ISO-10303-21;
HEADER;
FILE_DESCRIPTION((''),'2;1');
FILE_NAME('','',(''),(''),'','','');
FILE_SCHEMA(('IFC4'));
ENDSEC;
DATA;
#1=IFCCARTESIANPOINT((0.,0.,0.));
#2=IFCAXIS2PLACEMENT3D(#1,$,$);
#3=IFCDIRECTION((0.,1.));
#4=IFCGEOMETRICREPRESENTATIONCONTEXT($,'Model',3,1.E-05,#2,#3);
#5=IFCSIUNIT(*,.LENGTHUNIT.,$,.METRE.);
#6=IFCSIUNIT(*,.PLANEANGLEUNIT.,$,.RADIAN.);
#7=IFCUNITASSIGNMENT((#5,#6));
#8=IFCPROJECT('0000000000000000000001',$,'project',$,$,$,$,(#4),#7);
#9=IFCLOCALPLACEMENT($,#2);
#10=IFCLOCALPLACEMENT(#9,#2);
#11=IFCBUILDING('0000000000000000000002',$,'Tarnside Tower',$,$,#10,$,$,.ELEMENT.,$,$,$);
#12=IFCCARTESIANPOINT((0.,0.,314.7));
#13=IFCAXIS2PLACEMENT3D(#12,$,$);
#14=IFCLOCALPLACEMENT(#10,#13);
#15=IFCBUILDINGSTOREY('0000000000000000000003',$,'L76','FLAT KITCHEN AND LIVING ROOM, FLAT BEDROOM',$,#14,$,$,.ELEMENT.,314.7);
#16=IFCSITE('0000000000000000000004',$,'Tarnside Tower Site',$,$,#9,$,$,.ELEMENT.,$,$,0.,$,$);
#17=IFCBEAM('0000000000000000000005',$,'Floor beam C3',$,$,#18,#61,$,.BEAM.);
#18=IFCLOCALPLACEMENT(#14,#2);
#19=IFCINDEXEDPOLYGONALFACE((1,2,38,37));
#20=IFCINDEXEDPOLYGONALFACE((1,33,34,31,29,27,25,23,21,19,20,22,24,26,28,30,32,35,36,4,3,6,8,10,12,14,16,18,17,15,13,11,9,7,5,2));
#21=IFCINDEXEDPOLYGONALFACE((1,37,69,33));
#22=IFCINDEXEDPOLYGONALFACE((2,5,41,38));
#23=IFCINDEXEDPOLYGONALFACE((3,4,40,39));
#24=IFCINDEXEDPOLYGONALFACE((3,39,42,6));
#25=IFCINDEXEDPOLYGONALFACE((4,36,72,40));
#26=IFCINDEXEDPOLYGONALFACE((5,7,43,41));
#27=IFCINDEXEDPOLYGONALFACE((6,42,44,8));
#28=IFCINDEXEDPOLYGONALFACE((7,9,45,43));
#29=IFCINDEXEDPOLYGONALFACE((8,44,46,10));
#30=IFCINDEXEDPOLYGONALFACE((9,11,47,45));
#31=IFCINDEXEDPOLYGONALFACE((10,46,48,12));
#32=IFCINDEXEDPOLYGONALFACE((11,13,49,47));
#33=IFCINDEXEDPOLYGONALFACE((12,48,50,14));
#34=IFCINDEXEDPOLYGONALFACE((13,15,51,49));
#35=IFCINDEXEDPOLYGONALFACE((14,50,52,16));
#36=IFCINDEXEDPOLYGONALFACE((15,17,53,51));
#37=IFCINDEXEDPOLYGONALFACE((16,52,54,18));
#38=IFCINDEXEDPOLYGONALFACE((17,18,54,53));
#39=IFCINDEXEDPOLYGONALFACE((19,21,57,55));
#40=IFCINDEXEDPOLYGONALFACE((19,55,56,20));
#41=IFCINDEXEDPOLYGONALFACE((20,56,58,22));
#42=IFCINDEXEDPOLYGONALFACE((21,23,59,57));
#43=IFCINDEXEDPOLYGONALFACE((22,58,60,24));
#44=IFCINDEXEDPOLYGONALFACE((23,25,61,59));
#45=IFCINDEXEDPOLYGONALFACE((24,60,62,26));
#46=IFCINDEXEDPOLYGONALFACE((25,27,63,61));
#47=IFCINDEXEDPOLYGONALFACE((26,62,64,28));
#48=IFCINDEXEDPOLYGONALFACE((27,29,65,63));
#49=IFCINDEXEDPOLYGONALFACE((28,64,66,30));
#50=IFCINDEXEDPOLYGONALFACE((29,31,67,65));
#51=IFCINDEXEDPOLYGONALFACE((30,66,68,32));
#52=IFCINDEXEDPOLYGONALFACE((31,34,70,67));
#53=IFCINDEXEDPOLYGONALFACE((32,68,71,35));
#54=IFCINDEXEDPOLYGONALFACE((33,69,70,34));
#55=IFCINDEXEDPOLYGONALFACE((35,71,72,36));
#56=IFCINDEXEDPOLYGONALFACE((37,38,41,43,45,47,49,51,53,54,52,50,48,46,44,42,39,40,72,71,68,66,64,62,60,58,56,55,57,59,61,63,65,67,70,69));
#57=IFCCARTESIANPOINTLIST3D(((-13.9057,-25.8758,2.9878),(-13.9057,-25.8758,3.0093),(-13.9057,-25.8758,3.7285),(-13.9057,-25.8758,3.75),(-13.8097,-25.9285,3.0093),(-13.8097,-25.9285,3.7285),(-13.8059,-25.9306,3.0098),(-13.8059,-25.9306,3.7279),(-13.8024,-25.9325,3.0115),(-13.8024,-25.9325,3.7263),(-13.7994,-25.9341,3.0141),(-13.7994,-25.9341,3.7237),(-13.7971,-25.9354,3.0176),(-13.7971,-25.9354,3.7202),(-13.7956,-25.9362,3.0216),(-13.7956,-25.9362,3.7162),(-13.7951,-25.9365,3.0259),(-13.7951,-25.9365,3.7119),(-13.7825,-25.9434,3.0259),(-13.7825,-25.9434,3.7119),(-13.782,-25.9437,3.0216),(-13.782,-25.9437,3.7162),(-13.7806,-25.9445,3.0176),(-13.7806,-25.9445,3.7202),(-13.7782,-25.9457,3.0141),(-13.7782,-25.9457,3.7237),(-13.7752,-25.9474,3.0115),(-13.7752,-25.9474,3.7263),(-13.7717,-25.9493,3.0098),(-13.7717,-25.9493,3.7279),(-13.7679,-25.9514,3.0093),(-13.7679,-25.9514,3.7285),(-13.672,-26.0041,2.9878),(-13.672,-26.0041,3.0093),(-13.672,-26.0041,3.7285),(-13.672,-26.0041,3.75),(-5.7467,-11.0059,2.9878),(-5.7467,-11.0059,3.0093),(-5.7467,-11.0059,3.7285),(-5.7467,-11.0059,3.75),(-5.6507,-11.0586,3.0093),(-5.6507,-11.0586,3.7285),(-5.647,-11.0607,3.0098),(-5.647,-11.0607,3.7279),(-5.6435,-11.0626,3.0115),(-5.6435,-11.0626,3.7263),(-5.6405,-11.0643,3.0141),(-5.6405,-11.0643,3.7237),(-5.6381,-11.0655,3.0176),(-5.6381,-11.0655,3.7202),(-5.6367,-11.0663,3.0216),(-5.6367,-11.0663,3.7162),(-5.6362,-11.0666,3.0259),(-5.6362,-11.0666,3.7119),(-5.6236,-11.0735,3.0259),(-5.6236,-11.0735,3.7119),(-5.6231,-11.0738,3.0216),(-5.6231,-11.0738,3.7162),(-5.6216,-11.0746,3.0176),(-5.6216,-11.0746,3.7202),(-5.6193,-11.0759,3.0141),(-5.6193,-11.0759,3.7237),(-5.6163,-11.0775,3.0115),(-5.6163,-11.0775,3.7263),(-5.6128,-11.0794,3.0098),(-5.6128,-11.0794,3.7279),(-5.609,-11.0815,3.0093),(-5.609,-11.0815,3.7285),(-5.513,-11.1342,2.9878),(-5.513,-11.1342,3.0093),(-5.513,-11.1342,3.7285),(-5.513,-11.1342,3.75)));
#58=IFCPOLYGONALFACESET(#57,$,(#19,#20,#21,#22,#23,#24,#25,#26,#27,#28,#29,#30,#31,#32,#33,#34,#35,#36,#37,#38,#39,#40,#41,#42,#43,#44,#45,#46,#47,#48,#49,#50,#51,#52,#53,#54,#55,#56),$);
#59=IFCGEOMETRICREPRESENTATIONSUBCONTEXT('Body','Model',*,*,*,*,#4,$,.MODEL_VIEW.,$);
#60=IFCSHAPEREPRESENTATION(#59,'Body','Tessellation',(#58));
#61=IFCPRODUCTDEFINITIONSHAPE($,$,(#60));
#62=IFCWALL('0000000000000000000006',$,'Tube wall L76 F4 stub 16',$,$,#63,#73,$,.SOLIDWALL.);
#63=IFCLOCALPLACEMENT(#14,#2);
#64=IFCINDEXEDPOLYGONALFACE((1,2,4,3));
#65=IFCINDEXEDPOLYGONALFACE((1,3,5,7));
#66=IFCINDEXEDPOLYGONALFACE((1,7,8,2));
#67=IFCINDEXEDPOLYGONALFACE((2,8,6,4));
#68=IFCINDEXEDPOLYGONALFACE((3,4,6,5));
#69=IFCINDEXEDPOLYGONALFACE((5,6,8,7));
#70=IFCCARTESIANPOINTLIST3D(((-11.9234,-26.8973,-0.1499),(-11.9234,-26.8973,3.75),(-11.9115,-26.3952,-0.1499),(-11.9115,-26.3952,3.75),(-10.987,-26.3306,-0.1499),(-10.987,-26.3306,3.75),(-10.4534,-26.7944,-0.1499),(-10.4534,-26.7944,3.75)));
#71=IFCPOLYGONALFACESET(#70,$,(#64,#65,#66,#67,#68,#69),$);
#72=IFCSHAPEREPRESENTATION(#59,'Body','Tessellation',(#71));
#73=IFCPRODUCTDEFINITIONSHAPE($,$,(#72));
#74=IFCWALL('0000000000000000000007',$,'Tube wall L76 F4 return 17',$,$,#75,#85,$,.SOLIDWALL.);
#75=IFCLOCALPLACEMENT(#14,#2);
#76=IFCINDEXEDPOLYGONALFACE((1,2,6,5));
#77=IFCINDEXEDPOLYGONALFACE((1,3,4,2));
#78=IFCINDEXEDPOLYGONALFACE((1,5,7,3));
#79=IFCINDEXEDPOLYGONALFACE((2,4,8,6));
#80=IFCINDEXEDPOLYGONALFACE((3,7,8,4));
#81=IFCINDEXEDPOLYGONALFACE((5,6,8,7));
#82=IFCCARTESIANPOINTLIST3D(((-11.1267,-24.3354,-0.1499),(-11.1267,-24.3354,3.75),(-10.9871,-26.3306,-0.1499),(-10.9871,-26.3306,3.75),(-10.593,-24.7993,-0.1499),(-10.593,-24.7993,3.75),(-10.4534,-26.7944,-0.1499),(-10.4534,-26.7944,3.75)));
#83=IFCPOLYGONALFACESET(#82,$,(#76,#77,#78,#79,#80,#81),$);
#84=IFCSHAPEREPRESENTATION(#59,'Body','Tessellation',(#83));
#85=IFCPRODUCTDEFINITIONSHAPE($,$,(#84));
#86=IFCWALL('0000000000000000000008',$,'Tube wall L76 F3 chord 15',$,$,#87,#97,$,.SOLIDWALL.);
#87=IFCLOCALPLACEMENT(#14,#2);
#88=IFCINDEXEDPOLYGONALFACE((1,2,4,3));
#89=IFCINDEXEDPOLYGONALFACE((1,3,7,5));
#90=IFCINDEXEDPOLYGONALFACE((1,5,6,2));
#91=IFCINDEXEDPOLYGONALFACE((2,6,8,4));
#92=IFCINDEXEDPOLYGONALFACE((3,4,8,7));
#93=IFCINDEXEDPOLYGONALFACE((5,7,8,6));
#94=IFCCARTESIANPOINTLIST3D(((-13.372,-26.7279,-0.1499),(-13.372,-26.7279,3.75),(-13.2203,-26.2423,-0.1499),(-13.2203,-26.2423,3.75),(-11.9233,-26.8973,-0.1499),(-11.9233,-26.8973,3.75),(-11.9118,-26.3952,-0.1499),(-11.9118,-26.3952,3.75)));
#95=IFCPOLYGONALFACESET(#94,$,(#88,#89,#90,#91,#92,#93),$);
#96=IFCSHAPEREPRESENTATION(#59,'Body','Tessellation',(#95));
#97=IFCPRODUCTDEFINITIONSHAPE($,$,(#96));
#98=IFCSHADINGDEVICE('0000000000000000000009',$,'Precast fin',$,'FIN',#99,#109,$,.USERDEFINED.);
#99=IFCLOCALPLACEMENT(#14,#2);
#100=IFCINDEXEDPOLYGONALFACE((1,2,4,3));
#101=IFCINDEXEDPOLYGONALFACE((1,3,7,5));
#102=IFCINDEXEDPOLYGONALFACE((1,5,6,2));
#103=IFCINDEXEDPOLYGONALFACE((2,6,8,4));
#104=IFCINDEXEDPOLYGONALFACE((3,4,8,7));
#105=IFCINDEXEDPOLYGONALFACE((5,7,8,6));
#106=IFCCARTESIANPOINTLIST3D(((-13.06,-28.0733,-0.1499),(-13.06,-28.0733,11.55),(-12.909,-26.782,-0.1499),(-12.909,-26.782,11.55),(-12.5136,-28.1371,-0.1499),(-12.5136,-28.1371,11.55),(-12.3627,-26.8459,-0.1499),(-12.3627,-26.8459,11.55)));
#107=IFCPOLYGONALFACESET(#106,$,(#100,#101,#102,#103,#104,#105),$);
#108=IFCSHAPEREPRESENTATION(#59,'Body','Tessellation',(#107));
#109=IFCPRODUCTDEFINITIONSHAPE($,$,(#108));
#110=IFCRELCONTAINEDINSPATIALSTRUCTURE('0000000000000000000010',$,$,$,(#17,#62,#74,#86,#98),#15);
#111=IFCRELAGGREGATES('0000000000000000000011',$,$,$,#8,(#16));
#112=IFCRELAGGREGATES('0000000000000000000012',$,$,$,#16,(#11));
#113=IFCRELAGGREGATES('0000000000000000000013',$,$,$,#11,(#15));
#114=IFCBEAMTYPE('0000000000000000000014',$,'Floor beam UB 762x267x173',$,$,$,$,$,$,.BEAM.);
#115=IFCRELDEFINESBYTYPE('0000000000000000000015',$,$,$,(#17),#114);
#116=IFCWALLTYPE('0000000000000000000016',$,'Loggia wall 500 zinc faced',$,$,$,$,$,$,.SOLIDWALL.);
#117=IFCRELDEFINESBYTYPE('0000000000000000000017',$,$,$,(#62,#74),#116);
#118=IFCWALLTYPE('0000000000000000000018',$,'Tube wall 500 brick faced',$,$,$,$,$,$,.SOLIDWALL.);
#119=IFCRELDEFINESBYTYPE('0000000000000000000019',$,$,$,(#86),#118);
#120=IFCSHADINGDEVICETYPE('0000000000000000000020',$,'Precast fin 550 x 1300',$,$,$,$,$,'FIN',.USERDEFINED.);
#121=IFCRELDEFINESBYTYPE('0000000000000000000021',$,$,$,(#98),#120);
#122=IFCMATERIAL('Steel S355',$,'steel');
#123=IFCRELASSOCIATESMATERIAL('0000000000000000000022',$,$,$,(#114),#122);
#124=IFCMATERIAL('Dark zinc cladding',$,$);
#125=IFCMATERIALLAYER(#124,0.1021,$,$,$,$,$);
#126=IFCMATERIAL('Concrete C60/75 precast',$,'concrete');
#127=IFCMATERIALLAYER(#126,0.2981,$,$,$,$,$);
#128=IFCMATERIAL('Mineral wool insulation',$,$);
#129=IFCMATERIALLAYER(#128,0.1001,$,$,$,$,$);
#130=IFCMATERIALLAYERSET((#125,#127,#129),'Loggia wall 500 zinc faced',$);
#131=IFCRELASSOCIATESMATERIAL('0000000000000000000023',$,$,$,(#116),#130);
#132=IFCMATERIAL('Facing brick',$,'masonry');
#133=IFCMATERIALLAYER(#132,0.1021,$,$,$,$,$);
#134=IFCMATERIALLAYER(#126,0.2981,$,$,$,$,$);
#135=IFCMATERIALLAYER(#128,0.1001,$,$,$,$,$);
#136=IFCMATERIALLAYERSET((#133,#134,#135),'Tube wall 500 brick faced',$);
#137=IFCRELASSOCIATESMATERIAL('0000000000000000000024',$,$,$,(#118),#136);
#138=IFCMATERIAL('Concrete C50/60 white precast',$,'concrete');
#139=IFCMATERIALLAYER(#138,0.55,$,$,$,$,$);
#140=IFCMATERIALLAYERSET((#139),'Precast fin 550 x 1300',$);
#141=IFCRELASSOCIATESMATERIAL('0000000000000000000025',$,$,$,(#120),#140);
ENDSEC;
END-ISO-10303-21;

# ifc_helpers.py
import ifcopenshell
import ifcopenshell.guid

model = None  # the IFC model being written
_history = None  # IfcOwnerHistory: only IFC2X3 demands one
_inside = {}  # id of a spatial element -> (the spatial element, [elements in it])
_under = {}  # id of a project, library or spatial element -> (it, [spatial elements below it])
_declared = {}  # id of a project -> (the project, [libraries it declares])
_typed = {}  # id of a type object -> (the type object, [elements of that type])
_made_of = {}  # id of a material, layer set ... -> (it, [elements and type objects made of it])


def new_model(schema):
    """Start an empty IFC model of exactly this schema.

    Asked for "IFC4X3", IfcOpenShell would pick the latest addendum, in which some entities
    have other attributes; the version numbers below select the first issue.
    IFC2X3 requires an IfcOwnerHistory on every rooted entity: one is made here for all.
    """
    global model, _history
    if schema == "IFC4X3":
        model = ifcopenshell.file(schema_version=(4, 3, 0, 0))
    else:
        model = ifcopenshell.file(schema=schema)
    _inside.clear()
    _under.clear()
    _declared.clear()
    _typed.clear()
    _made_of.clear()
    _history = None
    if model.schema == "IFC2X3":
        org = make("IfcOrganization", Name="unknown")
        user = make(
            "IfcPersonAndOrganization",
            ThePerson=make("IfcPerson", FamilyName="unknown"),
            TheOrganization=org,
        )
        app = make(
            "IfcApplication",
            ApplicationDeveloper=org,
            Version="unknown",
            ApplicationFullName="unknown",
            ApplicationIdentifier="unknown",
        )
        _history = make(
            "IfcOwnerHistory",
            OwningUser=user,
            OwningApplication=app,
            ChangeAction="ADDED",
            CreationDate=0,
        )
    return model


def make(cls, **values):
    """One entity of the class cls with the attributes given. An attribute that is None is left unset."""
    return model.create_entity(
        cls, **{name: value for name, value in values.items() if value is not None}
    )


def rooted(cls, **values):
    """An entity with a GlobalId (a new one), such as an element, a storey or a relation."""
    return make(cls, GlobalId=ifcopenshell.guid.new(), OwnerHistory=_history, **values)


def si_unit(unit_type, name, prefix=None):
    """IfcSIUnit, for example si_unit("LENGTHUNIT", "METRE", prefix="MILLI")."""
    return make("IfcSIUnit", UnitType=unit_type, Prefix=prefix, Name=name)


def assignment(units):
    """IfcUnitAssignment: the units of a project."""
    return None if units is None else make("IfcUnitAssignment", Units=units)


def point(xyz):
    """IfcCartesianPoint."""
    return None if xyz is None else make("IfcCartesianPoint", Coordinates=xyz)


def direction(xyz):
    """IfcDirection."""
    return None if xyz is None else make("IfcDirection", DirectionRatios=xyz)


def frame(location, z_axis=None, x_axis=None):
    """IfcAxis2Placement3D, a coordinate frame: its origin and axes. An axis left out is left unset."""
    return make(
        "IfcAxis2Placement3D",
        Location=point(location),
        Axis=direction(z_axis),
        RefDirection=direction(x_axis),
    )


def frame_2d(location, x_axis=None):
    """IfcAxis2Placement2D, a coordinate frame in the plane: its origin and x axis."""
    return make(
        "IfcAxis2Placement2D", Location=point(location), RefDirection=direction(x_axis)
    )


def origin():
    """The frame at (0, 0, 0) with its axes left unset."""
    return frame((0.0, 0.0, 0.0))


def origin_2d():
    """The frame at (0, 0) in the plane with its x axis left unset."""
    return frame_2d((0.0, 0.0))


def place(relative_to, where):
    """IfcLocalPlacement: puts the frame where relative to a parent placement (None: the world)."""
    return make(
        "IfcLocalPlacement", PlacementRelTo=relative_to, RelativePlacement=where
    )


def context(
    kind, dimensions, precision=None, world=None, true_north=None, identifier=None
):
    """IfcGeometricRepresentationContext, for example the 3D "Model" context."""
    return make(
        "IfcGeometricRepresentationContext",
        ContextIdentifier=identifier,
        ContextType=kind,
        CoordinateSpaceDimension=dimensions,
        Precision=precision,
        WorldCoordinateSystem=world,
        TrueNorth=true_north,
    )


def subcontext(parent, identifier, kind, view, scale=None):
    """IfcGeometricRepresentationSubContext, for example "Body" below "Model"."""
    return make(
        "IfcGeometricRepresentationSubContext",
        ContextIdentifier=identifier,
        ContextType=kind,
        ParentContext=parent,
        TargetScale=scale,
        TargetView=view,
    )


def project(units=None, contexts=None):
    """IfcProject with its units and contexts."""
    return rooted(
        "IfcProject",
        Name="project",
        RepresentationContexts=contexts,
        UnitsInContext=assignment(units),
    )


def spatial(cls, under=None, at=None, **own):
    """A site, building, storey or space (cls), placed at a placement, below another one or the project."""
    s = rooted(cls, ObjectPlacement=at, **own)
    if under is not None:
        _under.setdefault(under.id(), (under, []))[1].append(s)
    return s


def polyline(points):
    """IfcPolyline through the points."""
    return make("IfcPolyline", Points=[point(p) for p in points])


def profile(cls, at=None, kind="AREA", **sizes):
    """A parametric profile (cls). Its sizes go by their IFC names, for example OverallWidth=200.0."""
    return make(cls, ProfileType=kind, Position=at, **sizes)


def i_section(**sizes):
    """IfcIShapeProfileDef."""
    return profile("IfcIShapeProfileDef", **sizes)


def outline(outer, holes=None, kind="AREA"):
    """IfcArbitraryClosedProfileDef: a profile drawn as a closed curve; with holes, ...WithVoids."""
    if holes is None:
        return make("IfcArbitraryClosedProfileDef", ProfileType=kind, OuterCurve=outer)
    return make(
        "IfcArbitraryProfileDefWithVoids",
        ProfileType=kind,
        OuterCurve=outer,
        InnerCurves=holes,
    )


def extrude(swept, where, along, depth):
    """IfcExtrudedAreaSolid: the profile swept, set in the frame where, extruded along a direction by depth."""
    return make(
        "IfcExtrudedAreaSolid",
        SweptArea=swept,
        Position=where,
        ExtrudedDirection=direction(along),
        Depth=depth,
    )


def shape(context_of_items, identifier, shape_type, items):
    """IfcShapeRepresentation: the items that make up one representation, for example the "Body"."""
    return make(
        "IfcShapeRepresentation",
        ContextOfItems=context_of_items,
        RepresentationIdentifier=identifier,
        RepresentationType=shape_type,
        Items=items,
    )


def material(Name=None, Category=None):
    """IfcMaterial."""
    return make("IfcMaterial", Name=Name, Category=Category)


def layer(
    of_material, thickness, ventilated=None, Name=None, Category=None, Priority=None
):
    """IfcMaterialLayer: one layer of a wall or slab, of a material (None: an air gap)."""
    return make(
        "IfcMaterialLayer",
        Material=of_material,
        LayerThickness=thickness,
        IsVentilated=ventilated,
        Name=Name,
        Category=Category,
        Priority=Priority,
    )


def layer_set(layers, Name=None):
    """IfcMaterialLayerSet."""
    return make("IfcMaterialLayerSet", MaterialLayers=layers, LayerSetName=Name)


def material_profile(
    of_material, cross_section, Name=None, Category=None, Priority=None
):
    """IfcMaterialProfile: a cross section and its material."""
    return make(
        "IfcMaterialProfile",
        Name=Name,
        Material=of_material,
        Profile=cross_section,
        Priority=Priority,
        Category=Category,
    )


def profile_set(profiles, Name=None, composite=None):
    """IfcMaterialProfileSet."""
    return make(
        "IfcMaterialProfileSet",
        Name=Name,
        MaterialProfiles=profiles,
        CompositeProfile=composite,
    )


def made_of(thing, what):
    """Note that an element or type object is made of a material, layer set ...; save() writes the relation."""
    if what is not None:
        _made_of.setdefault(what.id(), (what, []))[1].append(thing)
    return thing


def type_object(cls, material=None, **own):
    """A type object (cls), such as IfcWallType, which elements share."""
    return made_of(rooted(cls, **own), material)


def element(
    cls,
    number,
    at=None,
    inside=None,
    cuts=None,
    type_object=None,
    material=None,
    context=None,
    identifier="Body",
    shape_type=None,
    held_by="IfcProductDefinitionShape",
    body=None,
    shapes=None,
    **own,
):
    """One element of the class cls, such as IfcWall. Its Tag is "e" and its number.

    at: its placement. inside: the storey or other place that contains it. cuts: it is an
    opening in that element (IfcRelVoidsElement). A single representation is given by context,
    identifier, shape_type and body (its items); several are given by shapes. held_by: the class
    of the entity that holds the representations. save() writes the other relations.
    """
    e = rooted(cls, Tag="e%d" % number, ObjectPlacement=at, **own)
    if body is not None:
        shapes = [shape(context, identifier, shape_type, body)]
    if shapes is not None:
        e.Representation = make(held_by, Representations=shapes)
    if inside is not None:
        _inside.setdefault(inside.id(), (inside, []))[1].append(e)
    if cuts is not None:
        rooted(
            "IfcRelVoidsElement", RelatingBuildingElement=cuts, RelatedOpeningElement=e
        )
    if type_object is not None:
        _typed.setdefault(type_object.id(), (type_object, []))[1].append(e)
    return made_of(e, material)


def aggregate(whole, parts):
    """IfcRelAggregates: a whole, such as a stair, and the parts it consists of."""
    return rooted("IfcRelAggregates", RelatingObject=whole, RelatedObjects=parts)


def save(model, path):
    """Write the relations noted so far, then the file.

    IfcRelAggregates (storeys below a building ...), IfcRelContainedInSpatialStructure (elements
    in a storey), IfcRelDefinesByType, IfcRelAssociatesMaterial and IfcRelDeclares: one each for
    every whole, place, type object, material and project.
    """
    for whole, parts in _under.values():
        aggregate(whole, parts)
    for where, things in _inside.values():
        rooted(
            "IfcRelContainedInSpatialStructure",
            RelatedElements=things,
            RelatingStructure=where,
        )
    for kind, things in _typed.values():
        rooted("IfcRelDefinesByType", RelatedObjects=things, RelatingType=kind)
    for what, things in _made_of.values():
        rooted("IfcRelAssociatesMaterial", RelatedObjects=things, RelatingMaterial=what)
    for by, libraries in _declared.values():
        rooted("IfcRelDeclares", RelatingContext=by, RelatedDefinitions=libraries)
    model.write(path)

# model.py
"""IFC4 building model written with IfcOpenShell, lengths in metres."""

from ifc_helpers import new_model, si_unit, direction, frame, origin, origin_2d, place, context, subcontext, project, spatial, polyline, i_section, outline, extrude, material, layer, layer_set, material_profile, profile_set, type_object, element, save


model = new_model("IFC4")

# Units and contexts
model_context = context("Model", 3, precision=1e-05, world=origin(), true_north=direction((0.0, 1.0)))
body_context = subcontext(model_context, "Body", "Model", "MODEL_VIEW")
ifc_project = project(units=[si_unit("LENGTHUNIT", "METRE"), si_unit("PLANEANGLEUNIT", "RADIAN")], contexts=[model_context])

# Site, building, storey
site_placement = place(None, origin())
site = spatial("IfcSite", under=ifc_project, at=site_placement, Name="Tarnside Tower Site", CompositionType="ELEMENT", RefElevation=0.0)
building_placement = place(site_placement, origin())
building = spatial("IfcBuilding", under=site, at=building_placement, Name="Tarnside Tower", CompositionType="ELEMENT")
storey_placement = place(building_placement, frame((0.0, 0.0, 314.7)))
storey = spatial("IfcBuildingStorey", under=building, at=storey_placement, Name="L76", Description="FLAT KITCHEN AND LIVING ROOM, FLAT BEDROOM", CompositionType="ELEMENT", Elevation=314.7)

# Beam
ifc_material_1 = material(Name="Steel S355", Category="steel")
ifc_material_profile = material_profile(ifc_material_1, i_section(OverallWidth=0.2666, OverallDepth=0.7622, WebThickness=0.0144, FlangeThickness=0.0215, FilletRadius=0.0166, at=origin_2d()), Name="UB 762x267x173")
ifc_profile_set = profile_set([ifc_material_profile], Name="Steel S355")
beam_type = type_object("IfcBeamType", Name="Floor beam UB 762x267x173", PredefinedType="BEAM", material=ifc_profile_set)
beam_placement = place(storey_placement, frame((-13.7888, -25.9399, 3.3689), z_axis=(0.481036, 0.876701, 0.0), x_axis=(-0.876701, 0.481036, 0.0)))
element("IfcBeam", 1, at=beam_placement, inside=storey, type_object=beam_type, Name="Floor beam C3", PredefinedType="BEAM", context=body_context, shape_type="SweptSolid", body=[
    extrude(i_section(OverallWidth=0.2666, OverallDepth=0.7622, WebThickness=0.0144, FlangeThickness=0.0215, FilletRadius=0.0166, at=origin_2d()), origin(), (0.0, 0.0, 1.0), 16.9612),
])

# Walls
ifc_material_2 = material(Name="Dark zinc cladding")
ifc_layer_1 = layer(ifc_material_2, 0.1021)
ifc_material_3 = material(Name="Concrete C60/75 precast", Category="concrete")
ifc_layer_2 = layer(ifc_material_3, 0.2981)
ifc_material_4 = material(Name="Mineral wool insulation")
ifc_layer_3 = layer(ifc_material_4, 0.1001)
ifc_layer_set_1 = layer_set([ifc_layer_1, ifc_layer_2, ifc_layer_3], Name="Loggia wall 500 zinc faced")
wall_type_1 = type_object("IfcWallType", Name="Loggia wall 500 zinc faced", PredefinedType="SOLIDWALL", material=ifc_layer_set_1)
wall_1_placement = place(storey_placement, frame((-11.9175, -26.6462, -0.1499), z_axis=(0.0, 0.0, 1.0), x_axis=(0.997563, 0.069772, 0.0)))
element("IfcWall", 2, at=wall_1_placement, inside=storey, type_object=wall_type_1, Name="Tube wall L76 F4 stub 16", PredefinedType="SOLIDWALL", context=body_context, shape_type="SweptSolid", body=[
    extrude(outline(polyline([(-0.0234, -0.25), (1.4502, -0.25), (0.9502, 0.25), (0.0234, 0.25), (-0.0234, -0.25)])), origin(), (0.0, 0.0, 1.0), 3.8999),
])
wall_2_placement = place(storey_placement, frame((-10.7202, -26.5625, -0.1499), z_axis=(0.0, 0.0, 1.0), x_axis=(-0.069824, 0.997559, 0.0)))
element("IfcWall", 3, at=wall_2_placement, inside=storey, type_object=wall_type_1, Name="Tube wall L76 F4 return 17", PredefinedType="SOLIDWALL", context=body_context, shape_type="SweptSolid", body=[
    extrude(outline(polyline([(-0.25, -0.25), (1.75, -0.25), (2.25, 0.25), (0.25, 0.25), (-0.25, -0.25)])), origin(), (0.0, 0.0, 1.0), 3.8999),
])
ifc_material_5 = material(Name="Facing brick", Category="masonry")
ifc_layer_4 = layer(ifc_material_5, 0.1021)
ifc_layer_5 = layer(ifc_material_3, 0.2981)
ifc_layer_6 = layer(ifc_material_4, 0.1001)
ifc_layer_set_2 = layer_set([ifc_layer_4, ifc_layer_5, ifc_layer_6], Name="Tube wall 500 brick faced")
wall_type_2 = type_object("IfcWallType", Name="Tube wall 500 brick faced", PredefinedType="SOLIDWALL", material=ifc_layer_set_2)
wall_3_placement = place(storey_placement, frame((-13.2961, -26.4851, -0.1499), z_axis=(0.0, 0.0, 1.0), x_axis=(0.993239, -0.116086, 0.0)))
element("IfcWall", 4, at=wall_3_placement, inside=storey, type_object=wall_type_2, Name="Tube wall L76 F3 chord 15", PredefinedType="SOLIDWALL", context=body_context, shape_type="SweptSolid", body=[
    extrude(outline(polyline([(-0.0471, -0.25), (1.4114, -0.25), (1.3645, 0.25), (0.0471, 0.25), (-0.0471, -0.25)])), origin(), (0.0, 0.0, 1.0), 3.8999),
])

# Shading device
ifc_material_6 = material(Name="Concrete C50/60 white precast", Category="concrete")
ifc_layer_7 = layer(ifc_material_6, 0.55)
ifc_layer_set_3 = layer_set([ifc_layer_7], Name="Precast fin 550 x 1300")
shading_device_type = type_object("IfcShadingDeviceType", Name="Precast fin 550 x 1300", ElementType="FIN", PredefinedType="USERDEFINED", material=ifc_layer_set_3)
shading_device_placement = place(storey_placement, frame((-12.6357, -26.814, -0.1499), z_axis=(-0.993238, 0.116093, 0.0), x_axis=(-0.116093, -0.993238, 0.0)))
element("IfcShadingDevice", 5, at=shading_device_placement, inside=storey, type_object=shading_device_type, Name="Precast fin", ObjectType="FIN", PredefinedType="USERDEFINED", context=body_context, shape_type="SweptSolid", body=[
    extrude(outline(polyline([(0.0, 0.0), (1.3, 0.0), (1.3, 11.7), (0.0, 11.7), (0.0, 0.0)])), frame((0.0, 0.0, -0.2749)), (0.0, 0.0, 1.0), 0.55),
])

save(model, "model.ifc")
